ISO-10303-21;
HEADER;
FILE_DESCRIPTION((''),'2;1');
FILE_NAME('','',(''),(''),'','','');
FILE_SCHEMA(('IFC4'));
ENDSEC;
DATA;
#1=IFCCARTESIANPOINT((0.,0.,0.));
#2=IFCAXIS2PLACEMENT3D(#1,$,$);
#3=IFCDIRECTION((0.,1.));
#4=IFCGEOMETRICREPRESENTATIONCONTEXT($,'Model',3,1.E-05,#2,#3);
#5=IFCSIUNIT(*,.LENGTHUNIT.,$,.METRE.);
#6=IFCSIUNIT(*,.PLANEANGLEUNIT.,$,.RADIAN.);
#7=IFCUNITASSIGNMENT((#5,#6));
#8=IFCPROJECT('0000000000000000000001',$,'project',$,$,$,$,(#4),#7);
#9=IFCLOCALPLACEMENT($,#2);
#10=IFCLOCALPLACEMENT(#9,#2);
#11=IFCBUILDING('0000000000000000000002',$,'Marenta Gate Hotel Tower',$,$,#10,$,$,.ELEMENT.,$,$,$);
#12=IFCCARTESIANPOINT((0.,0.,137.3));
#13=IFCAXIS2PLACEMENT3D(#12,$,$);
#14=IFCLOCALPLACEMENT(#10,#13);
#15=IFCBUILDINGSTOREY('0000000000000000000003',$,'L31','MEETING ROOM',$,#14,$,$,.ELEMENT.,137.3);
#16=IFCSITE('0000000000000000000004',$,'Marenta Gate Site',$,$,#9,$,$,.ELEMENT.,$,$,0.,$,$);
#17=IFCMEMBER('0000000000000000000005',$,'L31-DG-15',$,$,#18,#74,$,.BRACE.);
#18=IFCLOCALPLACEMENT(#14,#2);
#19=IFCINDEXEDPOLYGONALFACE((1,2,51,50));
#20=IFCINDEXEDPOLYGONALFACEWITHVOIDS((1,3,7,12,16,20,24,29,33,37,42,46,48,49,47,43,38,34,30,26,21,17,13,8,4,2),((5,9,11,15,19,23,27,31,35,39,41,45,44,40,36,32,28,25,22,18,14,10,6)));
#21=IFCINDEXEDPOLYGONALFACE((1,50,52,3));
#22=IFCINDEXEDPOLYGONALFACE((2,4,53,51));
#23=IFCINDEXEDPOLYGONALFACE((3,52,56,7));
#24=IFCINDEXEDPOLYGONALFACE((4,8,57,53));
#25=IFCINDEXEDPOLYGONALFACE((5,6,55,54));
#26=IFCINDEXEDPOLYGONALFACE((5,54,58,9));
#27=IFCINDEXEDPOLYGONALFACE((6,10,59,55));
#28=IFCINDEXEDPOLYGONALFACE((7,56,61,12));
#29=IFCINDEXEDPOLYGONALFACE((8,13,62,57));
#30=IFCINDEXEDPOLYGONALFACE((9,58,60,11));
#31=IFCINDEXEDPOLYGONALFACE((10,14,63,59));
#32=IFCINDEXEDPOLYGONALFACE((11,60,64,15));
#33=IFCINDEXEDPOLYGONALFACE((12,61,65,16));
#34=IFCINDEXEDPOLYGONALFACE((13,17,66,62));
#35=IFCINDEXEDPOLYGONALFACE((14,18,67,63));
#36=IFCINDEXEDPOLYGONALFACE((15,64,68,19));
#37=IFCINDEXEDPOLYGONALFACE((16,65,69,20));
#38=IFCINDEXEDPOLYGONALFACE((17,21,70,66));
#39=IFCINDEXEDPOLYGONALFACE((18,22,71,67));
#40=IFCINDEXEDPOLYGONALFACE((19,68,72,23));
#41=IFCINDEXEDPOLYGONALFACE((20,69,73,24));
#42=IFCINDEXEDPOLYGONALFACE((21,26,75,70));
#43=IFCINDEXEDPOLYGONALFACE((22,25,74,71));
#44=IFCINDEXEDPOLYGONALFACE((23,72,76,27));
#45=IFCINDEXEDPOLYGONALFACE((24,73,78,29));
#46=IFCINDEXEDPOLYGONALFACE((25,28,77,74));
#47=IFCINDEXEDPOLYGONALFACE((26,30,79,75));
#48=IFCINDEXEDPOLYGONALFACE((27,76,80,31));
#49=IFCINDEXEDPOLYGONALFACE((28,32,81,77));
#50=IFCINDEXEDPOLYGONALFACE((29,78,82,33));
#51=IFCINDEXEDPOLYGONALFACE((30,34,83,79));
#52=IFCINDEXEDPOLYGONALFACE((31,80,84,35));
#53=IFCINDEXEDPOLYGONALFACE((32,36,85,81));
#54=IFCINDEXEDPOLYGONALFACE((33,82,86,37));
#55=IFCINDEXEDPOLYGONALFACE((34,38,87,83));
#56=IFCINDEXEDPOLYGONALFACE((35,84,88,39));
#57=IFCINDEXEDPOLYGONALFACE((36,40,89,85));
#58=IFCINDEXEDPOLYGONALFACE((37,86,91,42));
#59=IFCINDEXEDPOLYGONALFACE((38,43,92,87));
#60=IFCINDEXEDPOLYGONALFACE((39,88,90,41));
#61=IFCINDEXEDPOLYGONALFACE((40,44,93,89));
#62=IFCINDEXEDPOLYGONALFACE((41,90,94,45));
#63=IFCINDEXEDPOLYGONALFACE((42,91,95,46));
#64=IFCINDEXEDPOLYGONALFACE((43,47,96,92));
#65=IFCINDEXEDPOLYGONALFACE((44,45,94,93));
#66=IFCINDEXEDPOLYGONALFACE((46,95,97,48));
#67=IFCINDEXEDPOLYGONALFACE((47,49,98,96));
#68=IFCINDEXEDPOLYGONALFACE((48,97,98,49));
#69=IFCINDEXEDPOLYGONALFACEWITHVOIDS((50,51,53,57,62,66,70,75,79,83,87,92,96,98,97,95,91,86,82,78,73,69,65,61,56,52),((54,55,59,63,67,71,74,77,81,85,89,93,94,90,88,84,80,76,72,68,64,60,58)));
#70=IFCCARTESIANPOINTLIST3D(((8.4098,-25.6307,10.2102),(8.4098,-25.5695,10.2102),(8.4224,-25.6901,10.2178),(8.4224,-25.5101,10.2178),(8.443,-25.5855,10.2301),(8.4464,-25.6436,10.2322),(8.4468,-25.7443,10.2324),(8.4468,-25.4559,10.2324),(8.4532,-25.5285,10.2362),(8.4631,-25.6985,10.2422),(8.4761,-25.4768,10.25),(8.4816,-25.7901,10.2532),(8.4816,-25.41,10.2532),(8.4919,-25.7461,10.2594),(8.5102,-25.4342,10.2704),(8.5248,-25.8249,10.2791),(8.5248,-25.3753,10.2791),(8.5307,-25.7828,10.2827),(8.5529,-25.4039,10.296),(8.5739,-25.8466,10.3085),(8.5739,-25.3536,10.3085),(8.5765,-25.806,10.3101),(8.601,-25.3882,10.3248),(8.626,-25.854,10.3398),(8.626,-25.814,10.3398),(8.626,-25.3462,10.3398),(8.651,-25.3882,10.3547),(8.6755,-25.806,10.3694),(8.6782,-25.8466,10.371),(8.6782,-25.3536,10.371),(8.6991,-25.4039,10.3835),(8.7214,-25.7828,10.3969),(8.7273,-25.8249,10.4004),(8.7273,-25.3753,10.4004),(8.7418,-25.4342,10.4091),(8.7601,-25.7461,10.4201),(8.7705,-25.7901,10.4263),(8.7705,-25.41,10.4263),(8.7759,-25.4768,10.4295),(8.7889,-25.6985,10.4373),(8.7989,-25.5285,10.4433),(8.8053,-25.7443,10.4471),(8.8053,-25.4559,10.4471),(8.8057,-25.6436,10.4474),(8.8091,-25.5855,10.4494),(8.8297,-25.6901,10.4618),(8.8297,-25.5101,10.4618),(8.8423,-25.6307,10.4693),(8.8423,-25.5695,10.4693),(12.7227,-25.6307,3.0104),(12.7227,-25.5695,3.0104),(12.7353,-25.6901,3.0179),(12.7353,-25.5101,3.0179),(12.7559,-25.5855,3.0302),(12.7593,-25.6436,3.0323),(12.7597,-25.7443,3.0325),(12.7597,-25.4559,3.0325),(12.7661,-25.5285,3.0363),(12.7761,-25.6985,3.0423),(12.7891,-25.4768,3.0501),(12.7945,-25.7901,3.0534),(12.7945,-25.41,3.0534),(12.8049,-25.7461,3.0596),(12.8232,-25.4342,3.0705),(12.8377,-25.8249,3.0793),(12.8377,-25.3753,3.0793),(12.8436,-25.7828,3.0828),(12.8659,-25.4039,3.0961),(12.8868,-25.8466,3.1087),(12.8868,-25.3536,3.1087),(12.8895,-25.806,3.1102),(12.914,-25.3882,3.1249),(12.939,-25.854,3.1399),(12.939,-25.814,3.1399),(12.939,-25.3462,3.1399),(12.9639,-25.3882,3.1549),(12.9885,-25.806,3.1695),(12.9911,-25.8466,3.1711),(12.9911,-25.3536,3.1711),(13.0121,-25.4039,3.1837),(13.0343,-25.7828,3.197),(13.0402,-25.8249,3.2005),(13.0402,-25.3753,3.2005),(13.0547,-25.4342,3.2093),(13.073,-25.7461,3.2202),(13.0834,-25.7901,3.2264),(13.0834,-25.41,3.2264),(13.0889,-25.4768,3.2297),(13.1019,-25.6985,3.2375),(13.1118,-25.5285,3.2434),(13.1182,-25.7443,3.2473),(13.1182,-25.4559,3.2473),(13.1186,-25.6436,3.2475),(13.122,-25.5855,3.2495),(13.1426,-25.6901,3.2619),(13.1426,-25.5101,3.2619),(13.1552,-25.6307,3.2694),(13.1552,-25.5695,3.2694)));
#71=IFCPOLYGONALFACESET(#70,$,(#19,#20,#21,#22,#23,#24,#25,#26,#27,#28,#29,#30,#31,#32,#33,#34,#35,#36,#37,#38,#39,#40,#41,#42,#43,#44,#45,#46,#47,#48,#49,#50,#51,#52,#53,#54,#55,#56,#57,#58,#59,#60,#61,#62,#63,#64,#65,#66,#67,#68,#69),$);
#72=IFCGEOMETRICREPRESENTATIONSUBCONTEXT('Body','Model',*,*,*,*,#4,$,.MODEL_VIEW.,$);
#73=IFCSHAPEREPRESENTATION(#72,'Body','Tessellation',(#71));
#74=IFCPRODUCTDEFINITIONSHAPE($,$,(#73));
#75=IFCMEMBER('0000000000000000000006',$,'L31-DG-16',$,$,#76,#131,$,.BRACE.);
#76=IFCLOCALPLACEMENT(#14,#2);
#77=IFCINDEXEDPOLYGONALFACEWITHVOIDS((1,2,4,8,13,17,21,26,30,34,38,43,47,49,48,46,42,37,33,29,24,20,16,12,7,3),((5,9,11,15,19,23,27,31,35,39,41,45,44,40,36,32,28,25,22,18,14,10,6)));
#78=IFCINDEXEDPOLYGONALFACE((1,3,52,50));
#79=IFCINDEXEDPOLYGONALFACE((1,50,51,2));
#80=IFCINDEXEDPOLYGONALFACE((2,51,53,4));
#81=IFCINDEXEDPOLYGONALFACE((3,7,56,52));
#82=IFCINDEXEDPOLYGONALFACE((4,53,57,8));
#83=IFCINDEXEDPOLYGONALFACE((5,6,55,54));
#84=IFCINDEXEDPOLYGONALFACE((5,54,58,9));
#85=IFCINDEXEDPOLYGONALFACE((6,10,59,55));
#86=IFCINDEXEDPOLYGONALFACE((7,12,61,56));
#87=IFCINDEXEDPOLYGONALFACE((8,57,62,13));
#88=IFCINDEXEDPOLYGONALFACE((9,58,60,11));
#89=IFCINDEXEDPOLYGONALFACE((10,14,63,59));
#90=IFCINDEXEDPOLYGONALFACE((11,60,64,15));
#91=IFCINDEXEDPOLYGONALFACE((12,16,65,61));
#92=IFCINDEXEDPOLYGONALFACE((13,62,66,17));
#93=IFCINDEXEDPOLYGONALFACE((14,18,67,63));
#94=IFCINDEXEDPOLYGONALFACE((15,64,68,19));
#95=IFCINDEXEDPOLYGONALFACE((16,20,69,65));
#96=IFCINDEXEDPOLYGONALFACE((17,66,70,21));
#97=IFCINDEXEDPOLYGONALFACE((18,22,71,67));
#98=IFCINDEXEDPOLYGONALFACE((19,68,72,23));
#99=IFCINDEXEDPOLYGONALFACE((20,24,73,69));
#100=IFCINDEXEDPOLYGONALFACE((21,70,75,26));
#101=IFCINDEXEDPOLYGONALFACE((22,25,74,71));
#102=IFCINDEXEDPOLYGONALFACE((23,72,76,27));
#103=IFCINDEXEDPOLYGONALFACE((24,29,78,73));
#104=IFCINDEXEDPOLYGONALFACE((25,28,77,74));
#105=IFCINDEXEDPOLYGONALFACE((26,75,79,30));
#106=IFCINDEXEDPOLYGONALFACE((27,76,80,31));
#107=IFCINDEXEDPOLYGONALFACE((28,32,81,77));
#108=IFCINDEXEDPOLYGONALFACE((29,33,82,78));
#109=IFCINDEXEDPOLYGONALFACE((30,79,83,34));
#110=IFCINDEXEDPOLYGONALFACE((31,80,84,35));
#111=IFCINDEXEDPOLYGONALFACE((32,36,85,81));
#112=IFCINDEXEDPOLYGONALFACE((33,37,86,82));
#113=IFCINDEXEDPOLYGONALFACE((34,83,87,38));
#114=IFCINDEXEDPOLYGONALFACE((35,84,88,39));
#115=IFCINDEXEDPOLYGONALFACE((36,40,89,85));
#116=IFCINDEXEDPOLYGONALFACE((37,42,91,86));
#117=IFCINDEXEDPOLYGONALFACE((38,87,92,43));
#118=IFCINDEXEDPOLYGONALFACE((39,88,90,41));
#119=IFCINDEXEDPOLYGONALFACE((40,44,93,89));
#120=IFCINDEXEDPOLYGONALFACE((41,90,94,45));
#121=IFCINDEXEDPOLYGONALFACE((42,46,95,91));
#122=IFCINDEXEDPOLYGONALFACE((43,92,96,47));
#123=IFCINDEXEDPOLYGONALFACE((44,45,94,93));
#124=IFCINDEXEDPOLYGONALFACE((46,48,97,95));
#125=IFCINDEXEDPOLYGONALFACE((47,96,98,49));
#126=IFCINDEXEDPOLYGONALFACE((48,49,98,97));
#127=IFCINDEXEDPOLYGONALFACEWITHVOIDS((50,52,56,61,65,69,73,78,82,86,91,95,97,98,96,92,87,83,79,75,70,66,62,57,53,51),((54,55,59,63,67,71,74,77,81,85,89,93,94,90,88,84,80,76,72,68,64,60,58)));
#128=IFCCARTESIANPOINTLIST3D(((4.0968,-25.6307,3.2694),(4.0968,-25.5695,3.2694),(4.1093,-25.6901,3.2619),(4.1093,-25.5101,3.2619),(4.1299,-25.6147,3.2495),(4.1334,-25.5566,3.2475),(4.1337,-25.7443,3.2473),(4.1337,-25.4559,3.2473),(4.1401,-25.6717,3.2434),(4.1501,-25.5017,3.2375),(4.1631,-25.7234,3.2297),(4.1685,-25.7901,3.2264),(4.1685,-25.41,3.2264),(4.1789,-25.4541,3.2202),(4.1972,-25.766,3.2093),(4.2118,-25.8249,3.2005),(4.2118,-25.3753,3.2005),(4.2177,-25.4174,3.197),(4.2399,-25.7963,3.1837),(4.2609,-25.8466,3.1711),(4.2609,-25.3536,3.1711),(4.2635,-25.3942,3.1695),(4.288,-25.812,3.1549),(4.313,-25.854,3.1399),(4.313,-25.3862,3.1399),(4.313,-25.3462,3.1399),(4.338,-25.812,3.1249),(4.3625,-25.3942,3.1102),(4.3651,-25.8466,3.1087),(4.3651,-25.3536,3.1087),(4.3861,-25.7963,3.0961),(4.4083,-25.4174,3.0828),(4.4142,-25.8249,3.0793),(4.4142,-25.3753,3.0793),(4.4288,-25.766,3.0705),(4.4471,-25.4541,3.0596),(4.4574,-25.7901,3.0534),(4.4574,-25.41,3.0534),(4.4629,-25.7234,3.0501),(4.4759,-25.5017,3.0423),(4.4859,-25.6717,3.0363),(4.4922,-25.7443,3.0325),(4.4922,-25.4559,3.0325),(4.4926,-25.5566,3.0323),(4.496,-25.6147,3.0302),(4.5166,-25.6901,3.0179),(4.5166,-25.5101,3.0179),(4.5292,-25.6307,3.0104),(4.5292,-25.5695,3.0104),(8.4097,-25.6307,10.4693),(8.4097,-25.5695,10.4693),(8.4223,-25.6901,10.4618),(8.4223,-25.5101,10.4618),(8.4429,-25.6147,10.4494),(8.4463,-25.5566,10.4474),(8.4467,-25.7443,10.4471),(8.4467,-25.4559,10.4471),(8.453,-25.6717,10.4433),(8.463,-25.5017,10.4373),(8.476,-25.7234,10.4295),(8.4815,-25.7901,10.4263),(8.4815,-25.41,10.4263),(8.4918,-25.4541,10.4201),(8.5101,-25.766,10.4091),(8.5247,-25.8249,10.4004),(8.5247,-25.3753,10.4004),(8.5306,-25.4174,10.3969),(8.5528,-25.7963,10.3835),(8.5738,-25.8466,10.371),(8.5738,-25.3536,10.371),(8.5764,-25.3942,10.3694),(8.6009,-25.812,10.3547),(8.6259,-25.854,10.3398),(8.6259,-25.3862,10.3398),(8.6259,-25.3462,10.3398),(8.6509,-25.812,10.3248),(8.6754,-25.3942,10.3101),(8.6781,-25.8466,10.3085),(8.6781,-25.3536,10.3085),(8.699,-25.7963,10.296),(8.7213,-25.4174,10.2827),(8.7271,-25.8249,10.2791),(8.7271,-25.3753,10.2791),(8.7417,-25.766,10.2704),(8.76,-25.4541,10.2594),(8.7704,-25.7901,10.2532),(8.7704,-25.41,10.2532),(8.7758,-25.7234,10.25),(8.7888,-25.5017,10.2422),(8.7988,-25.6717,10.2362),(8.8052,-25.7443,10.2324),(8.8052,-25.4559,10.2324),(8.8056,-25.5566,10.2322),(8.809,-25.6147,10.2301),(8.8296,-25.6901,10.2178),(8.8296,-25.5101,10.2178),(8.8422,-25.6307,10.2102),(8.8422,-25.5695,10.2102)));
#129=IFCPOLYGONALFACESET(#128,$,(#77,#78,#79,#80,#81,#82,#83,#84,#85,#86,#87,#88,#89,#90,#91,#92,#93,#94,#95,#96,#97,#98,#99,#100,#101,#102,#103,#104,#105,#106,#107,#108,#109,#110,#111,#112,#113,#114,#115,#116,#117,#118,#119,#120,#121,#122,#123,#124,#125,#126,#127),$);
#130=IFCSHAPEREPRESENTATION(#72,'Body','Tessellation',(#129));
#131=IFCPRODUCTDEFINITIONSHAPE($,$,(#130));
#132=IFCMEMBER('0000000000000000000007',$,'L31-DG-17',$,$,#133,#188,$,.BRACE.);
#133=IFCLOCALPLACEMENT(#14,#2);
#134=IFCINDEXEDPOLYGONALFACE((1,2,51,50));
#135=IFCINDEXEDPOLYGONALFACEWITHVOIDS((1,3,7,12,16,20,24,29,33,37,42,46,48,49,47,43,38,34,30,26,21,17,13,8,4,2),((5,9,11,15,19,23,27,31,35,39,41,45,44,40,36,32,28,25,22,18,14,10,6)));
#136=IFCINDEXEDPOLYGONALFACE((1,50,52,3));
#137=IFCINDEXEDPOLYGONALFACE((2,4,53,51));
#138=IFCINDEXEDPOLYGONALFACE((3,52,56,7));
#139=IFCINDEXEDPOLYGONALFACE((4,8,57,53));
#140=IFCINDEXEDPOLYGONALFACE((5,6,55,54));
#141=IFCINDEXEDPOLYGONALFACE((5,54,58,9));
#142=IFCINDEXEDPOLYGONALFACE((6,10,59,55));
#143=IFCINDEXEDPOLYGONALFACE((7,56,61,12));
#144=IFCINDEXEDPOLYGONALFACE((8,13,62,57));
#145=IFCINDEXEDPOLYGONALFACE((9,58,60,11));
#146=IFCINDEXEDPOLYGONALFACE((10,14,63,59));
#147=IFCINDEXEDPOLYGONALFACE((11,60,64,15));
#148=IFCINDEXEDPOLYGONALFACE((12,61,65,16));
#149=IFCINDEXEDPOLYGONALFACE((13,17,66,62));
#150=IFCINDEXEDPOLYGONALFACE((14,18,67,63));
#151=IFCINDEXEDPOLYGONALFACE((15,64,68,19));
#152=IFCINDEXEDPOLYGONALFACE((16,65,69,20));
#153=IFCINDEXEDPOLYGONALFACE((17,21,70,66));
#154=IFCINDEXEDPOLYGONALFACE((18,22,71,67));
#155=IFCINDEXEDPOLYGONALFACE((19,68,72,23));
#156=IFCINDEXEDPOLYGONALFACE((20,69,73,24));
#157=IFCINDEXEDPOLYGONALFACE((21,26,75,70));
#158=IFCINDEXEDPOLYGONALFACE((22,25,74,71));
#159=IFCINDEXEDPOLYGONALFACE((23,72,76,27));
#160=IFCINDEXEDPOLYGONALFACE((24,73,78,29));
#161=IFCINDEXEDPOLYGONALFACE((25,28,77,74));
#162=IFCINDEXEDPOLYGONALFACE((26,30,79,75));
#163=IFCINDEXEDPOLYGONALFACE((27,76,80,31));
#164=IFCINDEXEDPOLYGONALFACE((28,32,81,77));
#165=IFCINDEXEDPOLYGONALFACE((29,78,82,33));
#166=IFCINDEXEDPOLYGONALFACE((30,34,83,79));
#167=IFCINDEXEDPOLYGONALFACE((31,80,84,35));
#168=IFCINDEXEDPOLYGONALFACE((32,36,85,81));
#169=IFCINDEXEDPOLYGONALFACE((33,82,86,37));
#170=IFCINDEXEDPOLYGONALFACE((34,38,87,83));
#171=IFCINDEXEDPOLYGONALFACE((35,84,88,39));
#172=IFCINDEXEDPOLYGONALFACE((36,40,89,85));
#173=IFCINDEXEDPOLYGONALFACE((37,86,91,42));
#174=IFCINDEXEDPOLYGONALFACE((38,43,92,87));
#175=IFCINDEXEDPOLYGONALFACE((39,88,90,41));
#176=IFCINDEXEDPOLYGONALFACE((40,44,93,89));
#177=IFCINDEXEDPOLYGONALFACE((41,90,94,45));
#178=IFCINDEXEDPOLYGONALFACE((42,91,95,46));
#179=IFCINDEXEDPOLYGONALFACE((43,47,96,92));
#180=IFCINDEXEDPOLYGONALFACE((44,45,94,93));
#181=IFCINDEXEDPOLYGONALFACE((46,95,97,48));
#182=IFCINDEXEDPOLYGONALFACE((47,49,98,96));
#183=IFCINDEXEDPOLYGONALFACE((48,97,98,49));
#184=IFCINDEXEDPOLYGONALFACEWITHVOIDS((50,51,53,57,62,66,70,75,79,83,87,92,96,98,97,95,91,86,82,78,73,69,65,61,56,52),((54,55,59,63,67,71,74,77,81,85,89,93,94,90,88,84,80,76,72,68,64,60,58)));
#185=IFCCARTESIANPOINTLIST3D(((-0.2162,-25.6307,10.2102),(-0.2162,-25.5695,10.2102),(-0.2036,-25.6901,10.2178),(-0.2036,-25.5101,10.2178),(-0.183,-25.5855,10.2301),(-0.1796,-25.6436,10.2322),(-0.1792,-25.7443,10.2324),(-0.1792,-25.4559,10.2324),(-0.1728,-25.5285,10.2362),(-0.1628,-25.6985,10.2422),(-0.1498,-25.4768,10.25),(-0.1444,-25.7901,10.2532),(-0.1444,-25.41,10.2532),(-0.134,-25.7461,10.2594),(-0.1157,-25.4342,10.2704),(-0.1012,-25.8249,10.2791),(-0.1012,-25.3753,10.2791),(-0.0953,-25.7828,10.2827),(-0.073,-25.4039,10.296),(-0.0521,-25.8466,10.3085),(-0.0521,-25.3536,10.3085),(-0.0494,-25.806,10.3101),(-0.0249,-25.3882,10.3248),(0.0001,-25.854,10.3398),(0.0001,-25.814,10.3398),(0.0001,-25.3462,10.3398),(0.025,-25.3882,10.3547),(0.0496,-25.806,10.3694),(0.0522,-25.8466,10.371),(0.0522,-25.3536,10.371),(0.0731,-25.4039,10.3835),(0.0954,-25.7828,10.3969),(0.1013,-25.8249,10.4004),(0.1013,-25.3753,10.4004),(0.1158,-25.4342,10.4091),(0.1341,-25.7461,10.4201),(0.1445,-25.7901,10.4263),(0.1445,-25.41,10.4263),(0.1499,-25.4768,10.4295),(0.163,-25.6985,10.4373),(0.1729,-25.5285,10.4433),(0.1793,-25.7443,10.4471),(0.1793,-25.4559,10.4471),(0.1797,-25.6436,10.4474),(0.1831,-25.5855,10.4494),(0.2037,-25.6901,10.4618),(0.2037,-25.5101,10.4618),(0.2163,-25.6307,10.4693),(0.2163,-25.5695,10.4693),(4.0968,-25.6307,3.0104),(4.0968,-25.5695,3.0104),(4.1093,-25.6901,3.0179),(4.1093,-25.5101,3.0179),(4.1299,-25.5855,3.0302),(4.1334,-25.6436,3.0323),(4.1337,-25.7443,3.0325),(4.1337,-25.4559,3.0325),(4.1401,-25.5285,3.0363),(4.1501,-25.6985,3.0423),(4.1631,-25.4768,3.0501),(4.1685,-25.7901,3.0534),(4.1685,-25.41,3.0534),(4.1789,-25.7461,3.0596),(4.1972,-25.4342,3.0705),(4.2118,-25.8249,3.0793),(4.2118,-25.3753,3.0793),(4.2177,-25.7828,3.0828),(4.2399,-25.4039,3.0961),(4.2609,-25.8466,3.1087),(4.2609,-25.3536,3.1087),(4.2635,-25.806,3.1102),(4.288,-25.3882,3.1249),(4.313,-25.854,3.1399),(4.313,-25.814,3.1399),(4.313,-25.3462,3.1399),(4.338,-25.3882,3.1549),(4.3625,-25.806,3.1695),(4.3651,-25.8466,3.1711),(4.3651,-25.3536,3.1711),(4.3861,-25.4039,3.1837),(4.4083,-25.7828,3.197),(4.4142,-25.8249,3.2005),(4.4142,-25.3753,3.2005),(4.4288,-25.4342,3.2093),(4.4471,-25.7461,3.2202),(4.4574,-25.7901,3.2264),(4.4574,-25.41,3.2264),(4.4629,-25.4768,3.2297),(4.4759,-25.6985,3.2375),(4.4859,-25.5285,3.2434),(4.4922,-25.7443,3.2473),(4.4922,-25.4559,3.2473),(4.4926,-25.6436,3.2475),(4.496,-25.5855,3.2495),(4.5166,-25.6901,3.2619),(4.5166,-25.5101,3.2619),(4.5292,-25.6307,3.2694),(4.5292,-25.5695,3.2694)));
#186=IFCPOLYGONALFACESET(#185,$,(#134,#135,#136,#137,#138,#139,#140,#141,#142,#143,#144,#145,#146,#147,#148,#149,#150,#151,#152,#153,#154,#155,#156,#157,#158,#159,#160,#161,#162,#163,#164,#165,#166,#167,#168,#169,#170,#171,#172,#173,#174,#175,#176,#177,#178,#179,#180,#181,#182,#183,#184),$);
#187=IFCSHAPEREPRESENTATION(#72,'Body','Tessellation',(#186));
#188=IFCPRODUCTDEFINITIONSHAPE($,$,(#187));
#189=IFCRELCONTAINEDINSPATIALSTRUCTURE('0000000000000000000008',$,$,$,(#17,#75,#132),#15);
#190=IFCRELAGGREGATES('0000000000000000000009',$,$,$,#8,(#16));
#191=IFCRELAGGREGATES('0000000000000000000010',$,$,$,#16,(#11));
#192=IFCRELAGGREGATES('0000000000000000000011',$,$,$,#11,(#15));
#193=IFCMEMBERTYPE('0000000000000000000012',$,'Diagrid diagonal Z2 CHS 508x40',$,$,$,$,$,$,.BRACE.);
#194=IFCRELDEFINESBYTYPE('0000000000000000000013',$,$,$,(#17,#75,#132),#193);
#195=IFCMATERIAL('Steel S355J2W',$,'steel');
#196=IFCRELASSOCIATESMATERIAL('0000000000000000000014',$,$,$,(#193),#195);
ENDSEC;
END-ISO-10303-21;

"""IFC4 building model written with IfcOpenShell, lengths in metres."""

from ifc_helpers import new_model, si_unit, direction, frame, origin, origin_2d, place, context, subcontext, project, spatial, hollow_circle, extrude, material, material_profile, profile_set, type_object, element, save


model = new_model("IFC4")

# Units and contexts
model_context = context("Model", 3, precision=1e-05, world=origin(), true_north=direction((0.0, 1.0)))
body_context = subcontext(model_context, "Body", "Model", "MODEL_VIEW")
ifc_project = project(units=[si_unit("LENGTHUNIT", "METRE"), si_unit("PLANEANGLEUNIT", "RADIAN")], contexts=[model_context])

# Site, building, storey
site_placement = place(None, origin())
site = spatial("IfcSite", under=ifc_project, at=site_placement, Name="Marenta Gate Site", CompositionType="ELEMENT", RefElevation=0.0)
building_placement = place(site_placement, origin())
building = spatial("IfcBuilding", under=site, at=building_placement, Name="Marenta Gate Hotel Tower", CompositionType="ELEMENT")
storey_placement = place(building_placement, frame((0.0, 0.0, 137.3)))
storey = spatial("IfcBuildingStorey", under=building, at=storey_placement, Name="L31", Description="MEETING ROOM", CompositionType="ELEMENT", Elevation=137.3)

# Members
ifc_material_1 = material(Name="Steel S355J2W", Category="steel")
ifc_material_profile_1 = material_profile(ifc_material_1, hollow_circle(Radius=0.2539, WallThickness=0.04, at=origin_2d()), Name="CHS 508x40")
ifc_profile_set_1 = profile_set([ifc_material_profile_1], Name="Steel S355J2W")
member_type_1 = type_object("IfcMemberType", Name="Diagrid diagonal Z2 CHS 508x40", PredefinedType="BRACE", material=ifc_profile_set_1)
for number, where, z_axis, x_axis, name in (
    (1, (12.939, -25.6001, 3.1399), (-0.513884, 0.0, 0.85786), (0.0, -1.0, 0.0), "L31-DG-15"),
    (2, (4.313, -25.6001, 3.1399), (0.513884, 0.0, 0.85786), (0.0, 1.0, 0.0), "L31-DG-16"),
    (3, (4.313, -25.6001, 3.1399), (-0.513884, 0.0, 0.85786), (0.0, -1.0, 0.0), "L31-DG-17"),
):
    element("IfcMember", number, at=place(storey_placement, frame(where, z_axis=z_axis, x_axis=x_axis)), inside=storey, type_object=member_type_1, Name=name, PredefinedType="BRACE", context=body_context, shape_type="SweptSolid", body=[
        extrude(hollow_circle(Radius=0.2539, WallThickness=0.04, at=origin_2d()), origin(), (0.0, 0.0, 1.0), 8.3928),
    ])

save(model, "model.ifc")
